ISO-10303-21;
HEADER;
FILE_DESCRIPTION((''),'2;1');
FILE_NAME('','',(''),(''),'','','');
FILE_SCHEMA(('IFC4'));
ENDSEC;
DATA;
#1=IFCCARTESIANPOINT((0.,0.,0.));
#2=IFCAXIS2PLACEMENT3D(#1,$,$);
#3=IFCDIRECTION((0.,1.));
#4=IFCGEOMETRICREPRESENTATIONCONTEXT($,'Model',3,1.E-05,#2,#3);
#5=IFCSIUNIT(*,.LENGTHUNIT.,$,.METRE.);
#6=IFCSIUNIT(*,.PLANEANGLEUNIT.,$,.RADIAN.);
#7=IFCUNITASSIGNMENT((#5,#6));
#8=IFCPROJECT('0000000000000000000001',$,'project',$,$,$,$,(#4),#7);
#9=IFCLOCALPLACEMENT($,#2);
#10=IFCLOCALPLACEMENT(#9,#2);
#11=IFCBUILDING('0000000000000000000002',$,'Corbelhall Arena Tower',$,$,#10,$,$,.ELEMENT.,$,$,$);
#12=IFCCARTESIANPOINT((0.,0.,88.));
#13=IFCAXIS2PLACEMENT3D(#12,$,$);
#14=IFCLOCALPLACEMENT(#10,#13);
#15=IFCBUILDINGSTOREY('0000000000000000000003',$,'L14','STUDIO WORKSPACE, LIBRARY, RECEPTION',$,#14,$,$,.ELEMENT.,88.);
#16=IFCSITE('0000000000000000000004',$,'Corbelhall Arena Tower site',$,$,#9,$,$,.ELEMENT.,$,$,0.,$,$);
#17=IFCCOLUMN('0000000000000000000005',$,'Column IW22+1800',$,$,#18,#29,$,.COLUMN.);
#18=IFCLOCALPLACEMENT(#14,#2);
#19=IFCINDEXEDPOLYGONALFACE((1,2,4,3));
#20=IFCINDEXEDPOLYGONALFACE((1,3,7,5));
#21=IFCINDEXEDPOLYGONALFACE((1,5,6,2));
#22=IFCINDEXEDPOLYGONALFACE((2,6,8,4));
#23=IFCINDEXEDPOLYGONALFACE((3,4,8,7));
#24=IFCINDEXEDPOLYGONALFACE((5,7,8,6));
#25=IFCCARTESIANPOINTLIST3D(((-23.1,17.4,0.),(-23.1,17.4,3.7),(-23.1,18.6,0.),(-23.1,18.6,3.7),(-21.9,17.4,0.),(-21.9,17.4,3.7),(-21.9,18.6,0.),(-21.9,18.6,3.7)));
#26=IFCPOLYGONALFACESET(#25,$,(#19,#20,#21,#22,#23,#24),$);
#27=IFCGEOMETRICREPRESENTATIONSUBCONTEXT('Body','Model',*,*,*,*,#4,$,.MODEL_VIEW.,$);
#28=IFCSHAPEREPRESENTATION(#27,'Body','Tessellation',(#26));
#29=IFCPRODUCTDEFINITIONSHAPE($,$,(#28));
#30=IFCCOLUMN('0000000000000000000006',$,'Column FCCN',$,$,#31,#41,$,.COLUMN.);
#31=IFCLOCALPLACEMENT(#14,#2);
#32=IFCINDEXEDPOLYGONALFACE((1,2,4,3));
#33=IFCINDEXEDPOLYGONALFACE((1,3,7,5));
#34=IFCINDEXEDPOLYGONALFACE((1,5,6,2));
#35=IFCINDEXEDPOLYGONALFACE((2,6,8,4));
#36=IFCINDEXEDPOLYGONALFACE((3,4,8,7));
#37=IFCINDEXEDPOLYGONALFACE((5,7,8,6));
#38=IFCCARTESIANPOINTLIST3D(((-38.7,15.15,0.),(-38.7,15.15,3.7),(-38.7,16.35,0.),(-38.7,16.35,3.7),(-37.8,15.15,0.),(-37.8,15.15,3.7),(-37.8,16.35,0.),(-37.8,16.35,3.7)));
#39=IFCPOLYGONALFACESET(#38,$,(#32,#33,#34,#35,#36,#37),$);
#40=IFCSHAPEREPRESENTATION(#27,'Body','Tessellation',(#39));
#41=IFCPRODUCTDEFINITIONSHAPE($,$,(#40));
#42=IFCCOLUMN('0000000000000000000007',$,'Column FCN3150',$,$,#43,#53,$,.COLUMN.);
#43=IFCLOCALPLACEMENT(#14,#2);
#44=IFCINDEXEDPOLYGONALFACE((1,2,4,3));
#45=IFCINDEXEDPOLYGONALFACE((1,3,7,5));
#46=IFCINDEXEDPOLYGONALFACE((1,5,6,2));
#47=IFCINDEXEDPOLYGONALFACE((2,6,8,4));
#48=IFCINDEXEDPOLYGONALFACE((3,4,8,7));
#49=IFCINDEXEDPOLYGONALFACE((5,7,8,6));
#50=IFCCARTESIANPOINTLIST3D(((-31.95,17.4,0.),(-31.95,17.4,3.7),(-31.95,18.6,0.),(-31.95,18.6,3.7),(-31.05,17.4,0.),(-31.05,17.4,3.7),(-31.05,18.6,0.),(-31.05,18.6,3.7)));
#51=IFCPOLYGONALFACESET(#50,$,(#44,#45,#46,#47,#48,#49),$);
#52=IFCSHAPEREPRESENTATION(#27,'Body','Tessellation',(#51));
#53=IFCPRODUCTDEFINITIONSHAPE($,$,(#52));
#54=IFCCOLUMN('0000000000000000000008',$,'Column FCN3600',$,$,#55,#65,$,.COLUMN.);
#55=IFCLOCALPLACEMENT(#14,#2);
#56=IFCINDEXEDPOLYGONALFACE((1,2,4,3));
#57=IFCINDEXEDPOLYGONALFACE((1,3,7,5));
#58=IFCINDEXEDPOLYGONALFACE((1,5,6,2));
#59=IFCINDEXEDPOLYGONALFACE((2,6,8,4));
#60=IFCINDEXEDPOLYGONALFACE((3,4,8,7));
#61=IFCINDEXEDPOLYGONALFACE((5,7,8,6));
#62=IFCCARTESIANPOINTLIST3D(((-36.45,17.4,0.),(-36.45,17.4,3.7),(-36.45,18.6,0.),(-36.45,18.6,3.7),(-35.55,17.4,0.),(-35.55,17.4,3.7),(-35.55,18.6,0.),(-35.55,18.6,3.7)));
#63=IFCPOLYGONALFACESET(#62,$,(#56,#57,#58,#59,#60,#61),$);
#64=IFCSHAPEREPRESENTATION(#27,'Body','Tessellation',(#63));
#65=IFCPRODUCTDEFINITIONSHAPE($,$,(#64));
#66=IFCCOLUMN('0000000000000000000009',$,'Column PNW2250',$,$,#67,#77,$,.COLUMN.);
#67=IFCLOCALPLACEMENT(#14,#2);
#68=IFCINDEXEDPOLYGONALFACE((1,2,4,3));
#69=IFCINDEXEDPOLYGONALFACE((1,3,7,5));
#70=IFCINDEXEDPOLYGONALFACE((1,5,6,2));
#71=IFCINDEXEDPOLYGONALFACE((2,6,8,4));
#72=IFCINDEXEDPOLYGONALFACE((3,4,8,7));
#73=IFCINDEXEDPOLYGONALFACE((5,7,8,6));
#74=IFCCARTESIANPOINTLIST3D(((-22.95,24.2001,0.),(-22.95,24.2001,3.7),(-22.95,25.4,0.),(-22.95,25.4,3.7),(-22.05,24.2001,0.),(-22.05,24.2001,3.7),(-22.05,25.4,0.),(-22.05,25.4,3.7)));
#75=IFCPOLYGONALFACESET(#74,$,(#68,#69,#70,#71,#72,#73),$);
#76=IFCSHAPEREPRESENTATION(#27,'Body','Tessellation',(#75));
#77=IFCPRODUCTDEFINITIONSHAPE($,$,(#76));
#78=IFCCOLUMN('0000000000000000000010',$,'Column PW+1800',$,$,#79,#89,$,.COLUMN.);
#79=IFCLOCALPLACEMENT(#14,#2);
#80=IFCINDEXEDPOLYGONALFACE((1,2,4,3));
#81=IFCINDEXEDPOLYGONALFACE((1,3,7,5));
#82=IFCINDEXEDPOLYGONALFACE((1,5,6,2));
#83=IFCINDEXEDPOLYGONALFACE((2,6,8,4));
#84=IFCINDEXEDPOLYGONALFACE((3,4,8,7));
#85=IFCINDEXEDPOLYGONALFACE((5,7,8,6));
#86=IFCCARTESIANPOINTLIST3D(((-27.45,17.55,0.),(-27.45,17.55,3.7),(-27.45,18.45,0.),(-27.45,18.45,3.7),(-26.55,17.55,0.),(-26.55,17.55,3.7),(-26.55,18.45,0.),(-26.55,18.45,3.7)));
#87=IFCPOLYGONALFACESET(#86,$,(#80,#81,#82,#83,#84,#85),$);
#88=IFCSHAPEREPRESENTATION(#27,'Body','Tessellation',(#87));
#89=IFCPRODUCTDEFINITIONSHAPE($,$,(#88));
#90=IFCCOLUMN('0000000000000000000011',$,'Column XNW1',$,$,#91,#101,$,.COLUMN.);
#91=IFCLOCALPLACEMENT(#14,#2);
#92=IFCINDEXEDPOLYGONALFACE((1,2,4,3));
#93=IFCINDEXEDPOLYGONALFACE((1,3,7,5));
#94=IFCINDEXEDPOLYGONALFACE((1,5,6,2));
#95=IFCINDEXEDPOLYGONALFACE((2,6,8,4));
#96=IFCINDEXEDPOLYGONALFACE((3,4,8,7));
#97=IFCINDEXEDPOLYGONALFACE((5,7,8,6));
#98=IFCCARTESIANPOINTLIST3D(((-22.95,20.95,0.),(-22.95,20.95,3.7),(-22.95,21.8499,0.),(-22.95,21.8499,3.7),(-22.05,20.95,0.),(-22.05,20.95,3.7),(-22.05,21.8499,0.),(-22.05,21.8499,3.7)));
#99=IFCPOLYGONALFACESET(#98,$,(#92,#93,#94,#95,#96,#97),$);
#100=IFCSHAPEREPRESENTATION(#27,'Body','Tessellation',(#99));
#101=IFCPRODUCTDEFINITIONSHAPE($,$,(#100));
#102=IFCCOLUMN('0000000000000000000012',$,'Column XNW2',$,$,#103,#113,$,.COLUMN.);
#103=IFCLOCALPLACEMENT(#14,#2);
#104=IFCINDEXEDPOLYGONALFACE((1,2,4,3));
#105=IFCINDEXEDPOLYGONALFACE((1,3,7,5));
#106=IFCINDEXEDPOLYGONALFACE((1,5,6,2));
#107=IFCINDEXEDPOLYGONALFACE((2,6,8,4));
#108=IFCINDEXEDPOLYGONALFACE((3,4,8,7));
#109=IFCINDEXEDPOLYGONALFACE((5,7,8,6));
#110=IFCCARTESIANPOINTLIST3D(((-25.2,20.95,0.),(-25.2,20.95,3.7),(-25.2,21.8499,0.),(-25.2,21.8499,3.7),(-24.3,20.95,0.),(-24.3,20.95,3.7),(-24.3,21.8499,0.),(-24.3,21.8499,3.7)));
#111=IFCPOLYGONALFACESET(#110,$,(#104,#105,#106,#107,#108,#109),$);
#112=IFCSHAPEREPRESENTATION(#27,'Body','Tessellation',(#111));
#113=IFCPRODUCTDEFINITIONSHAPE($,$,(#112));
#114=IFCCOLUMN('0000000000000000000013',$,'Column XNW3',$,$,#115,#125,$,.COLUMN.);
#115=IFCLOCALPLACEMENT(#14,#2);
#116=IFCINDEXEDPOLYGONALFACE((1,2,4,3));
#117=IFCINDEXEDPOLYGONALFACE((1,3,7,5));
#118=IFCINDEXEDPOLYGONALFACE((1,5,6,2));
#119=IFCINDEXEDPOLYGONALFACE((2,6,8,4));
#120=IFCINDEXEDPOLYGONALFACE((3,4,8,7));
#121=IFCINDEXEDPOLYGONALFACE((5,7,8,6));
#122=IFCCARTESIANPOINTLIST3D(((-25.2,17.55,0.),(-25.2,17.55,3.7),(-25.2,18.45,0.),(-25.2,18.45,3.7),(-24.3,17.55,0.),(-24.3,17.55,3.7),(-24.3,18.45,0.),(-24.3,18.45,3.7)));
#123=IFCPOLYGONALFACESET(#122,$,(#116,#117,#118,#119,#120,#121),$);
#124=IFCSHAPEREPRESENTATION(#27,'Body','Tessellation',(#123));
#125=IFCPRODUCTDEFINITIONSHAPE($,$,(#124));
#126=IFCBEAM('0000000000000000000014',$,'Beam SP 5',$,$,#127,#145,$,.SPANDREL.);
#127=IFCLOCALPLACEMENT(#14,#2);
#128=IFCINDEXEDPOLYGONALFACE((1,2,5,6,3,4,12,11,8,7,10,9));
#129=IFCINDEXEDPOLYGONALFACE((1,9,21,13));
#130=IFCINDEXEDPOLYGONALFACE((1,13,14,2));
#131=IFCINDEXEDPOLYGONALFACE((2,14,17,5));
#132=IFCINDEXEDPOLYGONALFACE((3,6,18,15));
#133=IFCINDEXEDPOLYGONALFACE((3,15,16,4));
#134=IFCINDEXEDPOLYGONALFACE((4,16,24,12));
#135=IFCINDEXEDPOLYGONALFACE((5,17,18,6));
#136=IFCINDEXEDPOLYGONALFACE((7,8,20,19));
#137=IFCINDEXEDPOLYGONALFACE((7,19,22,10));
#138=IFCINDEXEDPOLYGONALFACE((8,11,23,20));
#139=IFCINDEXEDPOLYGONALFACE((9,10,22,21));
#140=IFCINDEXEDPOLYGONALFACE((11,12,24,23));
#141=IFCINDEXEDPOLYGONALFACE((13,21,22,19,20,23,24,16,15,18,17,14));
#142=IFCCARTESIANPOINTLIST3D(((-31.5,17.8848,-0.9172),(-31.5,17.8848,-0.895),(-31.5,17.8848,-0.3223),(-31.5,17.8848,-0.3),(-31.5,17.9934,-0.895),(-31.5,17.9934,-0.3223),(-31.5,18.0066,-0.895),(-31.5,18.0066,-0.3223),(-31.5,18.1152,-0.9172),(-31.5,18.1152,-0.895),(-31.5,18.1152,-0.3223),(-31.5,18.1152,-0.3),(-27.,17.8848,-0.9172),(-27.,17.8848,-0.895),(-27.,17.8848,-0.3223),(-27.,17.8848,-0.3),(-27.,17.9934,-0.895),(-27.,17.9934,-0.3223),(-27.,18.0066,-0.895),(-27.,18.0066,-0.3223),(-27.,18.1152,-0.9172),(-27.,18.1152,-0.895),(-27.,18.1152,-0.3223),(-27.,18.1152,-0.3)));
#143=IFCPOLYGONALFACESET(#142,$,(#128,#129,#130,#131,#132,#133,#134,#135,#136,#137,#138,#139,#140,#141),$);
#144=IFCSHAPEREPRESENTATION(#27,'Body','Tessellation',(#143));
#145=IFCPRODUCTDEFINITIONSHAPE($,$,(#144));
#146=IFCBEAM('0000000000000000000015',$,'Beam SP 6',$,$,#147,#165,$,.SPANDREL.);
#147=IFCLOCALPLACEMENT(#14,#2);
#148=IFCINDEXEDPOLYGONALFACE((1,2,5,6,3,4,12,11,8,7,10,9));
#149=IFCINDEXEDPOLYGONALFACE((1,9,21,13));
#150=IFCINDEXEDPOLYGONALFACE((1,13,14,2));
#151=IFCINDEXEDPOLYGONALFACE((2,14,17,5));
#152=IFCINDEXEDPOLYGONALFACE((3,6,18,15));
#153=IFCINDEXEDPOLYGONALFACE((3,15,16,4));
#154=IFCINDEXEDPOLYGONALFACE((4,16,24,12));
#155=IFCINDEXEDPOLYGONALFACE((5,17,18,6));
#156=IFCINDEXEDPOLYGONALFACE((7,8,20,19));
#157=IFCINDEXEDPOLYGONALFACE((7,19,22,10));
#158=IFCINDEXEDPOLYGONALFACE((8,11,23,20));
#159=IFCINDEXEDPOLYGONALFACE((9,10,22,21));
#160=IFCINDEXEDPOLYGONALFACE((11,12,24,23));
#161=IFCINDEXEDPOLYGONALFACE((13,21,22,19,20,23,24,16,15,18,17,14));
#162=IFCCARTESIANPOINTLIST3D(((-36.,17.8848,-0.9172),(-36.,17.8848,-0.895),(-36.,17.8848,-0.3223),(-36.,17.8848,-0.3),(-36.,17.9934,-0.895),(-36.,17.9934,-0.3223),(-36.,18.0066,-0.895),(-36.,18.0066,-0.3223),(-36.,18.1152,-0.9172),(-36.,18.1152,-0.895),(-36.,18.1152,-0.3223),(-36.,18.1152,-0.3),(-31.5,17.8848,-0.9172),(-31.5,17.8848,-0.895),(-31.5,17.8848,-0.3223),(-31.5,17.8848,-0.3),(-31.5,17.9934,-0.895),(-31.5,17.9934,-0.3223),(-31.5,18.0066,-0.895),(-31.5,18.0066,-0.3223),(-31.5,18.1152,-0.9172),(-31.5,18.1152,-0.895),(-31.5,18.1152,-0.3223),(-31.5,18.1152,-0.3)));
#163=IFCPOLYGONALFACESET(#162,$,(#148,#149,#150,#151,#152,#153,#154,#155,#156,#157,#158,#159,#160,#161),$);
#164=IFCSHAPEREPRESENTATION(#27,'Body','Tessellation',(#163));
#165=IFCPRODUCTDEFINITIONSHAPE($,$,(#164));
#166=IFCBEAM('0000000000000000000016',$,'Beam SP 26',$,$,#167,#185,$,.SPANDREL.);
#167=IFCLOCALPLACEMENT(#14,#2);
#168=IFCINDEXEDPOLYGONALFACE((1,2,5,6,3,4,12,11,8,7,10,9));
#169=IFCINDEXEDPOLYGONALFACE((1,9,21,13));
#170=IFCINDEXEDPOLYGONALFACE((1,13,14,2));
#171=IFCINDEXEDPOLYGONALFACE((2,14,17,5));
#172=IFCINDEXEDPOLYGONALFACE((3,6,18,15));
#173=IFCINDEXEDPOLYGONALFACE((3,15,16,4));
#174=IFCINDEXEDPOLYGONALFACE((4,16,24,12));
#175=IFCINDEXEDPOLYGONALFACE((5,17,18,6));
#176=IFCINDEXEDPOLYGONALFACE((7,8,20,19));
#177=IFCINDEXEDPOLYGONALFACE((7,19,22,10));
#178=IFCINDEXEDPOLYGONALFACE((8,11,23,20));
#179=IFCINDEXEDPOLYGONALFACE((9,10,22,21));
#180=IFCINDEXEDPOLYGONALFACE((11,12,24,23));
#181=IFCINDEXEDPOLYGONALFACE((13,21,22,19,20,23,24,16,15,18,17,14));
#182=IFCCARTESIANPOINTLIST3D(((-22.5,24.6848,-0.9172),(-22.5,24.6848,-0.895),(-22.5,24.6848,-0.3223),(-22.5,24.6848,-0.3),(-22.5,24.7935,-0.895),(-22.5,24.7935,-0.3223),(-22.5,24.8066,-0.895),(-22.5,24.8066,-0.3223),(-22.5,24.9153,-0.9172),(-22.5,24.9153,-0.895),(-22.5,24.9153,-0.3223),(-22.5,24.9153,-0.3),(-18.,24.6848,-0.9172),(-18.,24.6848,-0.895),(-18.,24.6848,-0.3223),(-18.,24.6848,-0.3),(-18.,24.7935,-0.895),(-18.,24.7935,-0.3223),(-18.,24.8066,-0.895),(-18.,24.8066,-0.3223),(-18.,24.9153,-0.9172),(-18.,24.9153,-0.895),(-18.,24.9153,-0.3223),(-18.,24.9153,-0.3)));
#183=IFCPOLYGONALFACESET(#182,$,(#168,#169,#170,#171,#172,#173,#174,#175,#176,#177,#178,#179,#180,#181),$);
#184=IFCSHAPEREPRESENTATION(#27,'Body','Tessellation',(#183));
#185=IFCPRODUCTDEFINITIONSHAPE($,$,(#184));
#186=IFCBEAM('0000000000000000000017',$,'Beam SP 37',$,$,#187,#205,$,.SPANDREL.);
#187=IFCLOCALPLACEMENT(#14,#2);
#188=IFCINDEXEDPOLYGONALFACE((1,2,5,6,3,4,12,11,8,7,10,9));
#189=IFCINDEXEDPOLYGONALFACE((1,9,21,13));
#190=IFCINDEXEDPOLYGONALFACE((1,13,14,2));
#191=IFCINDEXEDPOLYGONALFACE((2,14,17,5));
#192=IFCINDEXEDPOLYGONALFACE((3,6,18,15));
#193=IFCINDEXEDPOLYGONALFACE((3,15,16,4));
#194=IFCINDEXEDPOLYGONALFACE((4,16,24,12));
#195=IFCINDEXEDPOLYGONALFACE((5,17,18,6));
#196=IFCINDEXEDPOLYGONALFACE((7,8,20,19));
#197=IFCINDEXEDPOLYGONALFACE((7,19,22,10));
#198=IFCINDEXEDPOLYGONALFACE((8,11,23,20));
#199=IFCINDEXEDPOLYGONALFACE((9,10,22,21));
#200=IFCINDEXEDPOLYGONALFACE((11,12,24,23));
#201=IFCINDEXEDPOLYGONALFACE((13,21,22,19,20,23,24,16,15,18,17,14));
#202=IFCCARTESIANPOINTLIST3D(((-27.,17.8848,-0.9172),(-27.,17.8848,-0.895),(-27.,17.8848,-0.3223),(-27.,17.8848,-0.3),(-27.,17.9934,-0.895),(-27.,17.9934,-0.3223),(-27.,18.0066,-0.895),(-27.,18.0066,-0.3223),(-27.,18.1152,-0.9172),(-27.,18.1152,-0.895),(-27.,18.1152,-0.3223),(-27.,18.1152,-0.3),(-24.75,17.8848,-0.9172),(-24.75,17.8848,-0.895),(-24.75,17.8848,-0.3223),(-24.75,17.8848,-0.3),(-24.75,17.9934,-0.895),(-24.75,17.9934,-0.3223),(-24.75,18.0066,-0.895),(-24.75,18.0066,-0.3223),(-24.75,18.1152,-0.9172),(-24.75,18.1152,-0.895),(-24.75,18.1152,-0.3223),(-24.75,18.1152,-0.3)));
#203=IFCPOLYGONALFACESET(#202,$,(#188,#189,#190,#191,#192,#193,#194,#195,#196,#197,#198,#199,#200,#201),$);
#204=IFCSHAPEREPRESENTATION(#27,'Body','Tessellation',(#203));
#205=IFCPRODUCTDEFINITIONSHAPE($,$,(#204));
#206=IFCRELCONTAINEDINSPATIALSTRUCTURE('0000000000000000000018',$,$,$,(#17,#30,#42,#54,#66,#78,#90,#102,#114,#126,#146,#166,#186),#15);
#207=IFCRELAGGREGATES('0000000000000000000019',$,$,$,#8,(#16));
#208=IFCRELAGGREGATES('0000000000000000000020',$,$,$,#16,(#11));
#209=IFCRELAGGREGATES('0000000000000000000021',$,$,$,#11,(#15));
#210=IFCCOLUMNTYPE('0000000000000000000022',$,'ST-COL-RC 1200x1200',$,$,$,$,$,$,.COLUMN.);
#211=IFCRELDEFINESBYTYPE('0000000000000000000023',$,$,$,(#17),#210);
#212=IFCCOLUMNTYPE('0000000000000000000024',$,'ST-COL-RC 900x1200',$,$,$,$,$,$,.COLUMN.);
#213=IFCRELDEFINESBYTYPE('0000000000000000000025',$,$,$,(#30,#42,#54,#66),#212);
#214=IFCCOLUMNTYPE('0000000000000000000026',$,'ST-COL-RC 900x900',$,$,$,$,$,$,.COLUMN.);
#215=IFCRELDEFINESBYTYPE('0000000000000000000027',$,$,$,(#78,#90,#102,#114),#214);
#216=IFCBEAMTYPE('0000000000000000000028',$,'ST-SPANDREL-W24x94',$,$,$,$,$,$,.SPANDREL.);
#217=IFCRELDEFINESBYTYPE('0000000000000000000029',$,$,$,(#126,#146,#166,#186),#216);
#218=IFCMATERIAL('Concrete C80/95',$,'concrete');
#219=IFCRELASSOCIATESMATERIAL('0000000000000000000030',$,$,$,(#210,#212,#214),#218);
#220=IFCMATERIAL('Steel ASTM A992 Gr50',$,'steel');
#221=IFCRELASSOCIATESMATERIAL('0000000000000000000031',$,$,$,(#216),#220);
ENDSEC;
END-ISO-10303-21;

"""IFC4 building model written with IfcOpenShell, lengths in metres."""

from ifc_helpers import new_model, si_unit, direction, frame, origin, origin_2d, place, context, subcontext, project, spatial, rectangle, i_section, extrude, material, material_profile, profile_set, type_object, element, save


model = new_model("IFC4")

# Units and contexts
model_context = context("Model", 3, precision=1e-05, world=origin(), true_north=direction((0.0, 1.0)))
body_context = subcontext(model_context, "Body", "Model", "MODEL_VIEW")
ifc_project = project(units=[si_unit("LENGTHUNIT", "METRE"), si_unit("PLANEANGLEUNIT", "RADIAN")], contexts=[model_context])

# Site, building, storey
site_placement = place(None, origin())
site = spatial("IfcSite", under=ifc_project, at=site_placement, Name="Corbelhall Arena Tower site", CompositionType="ELEMENT", RefElevation=0.0)
building_placement = place(site_placement, origin())
building = spatial("IfcBuilding", under=site, at=building_placement, Name="Corbelhall Arena Tower", CompositionType="ELEMENT")
storey_placement = place(building_placement, frame((0.0, 0.0, 88.0)))
storey = spatial("IfcBuildingStorey", under=building, at=storey_placement, Name="L14", Description="STUDIO WORKSPACE, LIBRARY, RECEPTION", CompositionType="ELEMENT", Elevation=88.0)

# Columns
ifc_material_1 = material(Name="Concrete C80/95", Category="concrete")
ifc_material_profile_1 = material_profile(ifc_material_1, rectangle(XDim=1.2, YDim=1.2, at=origin_2d()))
ifc_profile_set_1 = profile_set([ifc_material_profile_1], Name="Concrete C80/95")
column_type_1 = type_object("IfcColumnType", Name="ST-COL-RC 1200x1200", PredefinedType="COLUMN", material=ifc_profile_set_1)
column_placement = place(storey_placement, frame((-22.5, 18.0, 0.0), z_axis=(0.0, 0.0, 1.0), x_axis=(1.0, 0.0, 0.0)))
element("IfcColumn", 1, at=column_placement, inside=storey, type_object=column_type_1, Name="Column IW22+1800", PredefinedType="COLUMN", context=body_context, shape_type="SweptSolid", body=[
    extrude(rectangle(XDim=1.2, YDim=1.2, at=origin_2d()), origin(), (0.0, 0.0, 1.0), 3.7),
])
ifc_material_profile_2 = material_profile(ifc_material_1, rectangle(XDim=0.8999, YDim=1.2, at=origin_2d()))
ifc_profile_set_2 = profile_set([ifc_material_profile_2], Name="Concrete C80/95")
column_type_2 = type_object("IfcColumnType", Name="ST-COL-RC 900x1200", PredefinedType="COLUMN", material=ifc_profile_set_2)
for number, where, z_axis, x_axis, name in (
    (2, (-38.25, 15.75, 0.0), (0.0, 0.0, 1.0), (1.0, 0.0, 0.0), "Column FCCN"),
    (3, (-31.5, 18.0, 0.0), (0.0, 0.0, 1.0), (1.0, 0.0, 0.0), "Column FCN3150"),
    (4, (-36.0, 18.0, 0.0), (0.0, 0.0, 1.0), (1.0, 0.0, 0.0), "Column FCN3600"),
    (5, (-22.5, 24.8, 0.0), (0.0, 0.0, 1.0), (1.0, 0.0, 0.0), "Column PNW2250"),
):
    element("IfcColumn", number, at=place(storey_placement, frame(where, z_axis=z_axis, x_axis=x_axis)), inside=storey, type_object=column_type_2, Name=name, PredefinedType="COLUMN", context=body_context, shape_type="SweptSolid", body=[
        extrude(rectangle(XDim=0.8999, YDim=1.2, at=origin_2d()), origin(), (0.0, 0.0, 1.0), 3.7),
    ])
ifc_material_profile_3 = material_profile(ifc_material_1, rectangle(XDim=0.8999, YDim=0.8999, at=origin_2d()))
ifc_profile_set_3 = profile_set([ifc_material_profile_3], Name="Concrete C80/95")
column_type_3 = type_object("IfcColumnType", Name="ST-COL-RC 900x900", PredefinedType="COLUMN", material=ifc_profile_set_3)
for number, where, z_axis, x_axis, name in (
    (6, (-27.0, 18.0, 0.0), (0.0, 0.0, 1.0), (1.0, 0.0, 0.0), "Column PW+1800"),
    (7, (-22.5, 21.3999, 0.0), (0.0, 0.0, 1.0), (1.0, 0.0, 0.0), "Column XNW1"),
    (8, (-24.75, 21.3999, 0.0), (0.0, 0.0, 1.0), (1.0, 0.0, 0.0), "Column XNW2"),
    (9, (-24.75, 18.0, 0.0), (0.0, 0.0, 1.0), (1.0, 0.0, 0.0), "Column XNW3"),
):
    element("IfcColumn", number, at=place(storey_placement, frame(where, z_axis=z_axis, x_axis=x_axis)), inside=storey, type_object=column_type_3, Name=name, PredefinedType="COLUMN", context=body_context, shape_type="SweptSolid", body=[
        extrude(rectangle(XDim=0.8999, YDim=0.8999, at=origin_2d()), origin(), (0.0, 0.0, 1.0), 3.7),
    ])

# Beams
ifc_material_2 = material(Name="Steel ASTM A992 Gr50", Category="steel")
ifc_material_profile_4 = material_profile(ifc_material_2, i_section(OverallWidth=0.2305, OverallDepth=0.6172, WebThickness=0.0132, FlangeThickness=0.0222, at=origin_2d()))
ifc_profile_set_4 = profile_set([ifc_material_profile_4], Name="Steel ASTM A992 Gr50")
beam_type = type_object("IfcBeamType", Name="ST-SPANDREL-W24x94", PredefinedType="SPANDREL", material=ifc_profile_set_4)
for number, where, z_axis, x_axis, name in (
    (10, (-31.5, 18.0, -0.6086), (1.0, 0.0, 0.0), (0.0, 1.0, 0.0), "Beam SP 5"),
    (11, (-36.0, 18.0, -0.6086), (1.0, 0.0, 0.0), (0.0, 1.0, 0.0), "Beam SP 6"),
    (12, (-22.5, 24.8, -0.6086), (1.0, 0.0, 0.0), (0.0, 1.0, 0.0), "Beam SP 26"),
):
    element("IfcBeam", number, at=place(storey_placement, frame(where, z_axis=z_axis, x_axis=x_axis)), inside=storey, type_object=beam_type, Name=name, PredefinedType="SPANDREL", context=body_context, shape_type="SweptSolid", body=[
        extrude(i_section(OverallWidth=0.2305, OverallDepth=0.6172, WebThickness=0.0132, FlangeThickness=0.0222, at=origin_2d()), origin(), (0.0, 0.0, 1.0), 4.5),
    ])
beam_1_placement = place(storey_placement, frame((-27.0, 18.0, -0.6086), z_axis=(1.0, 0.0, 0.0), x_axis=(0.0, 1.0, 0.0)))
element("IfcBeam", 13, at=beam_1_placement, inside=storey, type_object=beam_type, Name="Beam SP 37", PredefinedType="SPANDREL", context=body_context, shape_type="SweptSolid", body=[
    extrude(i_section(OverallWidth=0.2305, OverallDepth=0.6172, WebThickness=0.0132, FlangeThickness=0.0222, at=origin_2d()), origin(), (0.0, 0.0, 1.0), 2.25),
])

save(model, "model.ifc")
